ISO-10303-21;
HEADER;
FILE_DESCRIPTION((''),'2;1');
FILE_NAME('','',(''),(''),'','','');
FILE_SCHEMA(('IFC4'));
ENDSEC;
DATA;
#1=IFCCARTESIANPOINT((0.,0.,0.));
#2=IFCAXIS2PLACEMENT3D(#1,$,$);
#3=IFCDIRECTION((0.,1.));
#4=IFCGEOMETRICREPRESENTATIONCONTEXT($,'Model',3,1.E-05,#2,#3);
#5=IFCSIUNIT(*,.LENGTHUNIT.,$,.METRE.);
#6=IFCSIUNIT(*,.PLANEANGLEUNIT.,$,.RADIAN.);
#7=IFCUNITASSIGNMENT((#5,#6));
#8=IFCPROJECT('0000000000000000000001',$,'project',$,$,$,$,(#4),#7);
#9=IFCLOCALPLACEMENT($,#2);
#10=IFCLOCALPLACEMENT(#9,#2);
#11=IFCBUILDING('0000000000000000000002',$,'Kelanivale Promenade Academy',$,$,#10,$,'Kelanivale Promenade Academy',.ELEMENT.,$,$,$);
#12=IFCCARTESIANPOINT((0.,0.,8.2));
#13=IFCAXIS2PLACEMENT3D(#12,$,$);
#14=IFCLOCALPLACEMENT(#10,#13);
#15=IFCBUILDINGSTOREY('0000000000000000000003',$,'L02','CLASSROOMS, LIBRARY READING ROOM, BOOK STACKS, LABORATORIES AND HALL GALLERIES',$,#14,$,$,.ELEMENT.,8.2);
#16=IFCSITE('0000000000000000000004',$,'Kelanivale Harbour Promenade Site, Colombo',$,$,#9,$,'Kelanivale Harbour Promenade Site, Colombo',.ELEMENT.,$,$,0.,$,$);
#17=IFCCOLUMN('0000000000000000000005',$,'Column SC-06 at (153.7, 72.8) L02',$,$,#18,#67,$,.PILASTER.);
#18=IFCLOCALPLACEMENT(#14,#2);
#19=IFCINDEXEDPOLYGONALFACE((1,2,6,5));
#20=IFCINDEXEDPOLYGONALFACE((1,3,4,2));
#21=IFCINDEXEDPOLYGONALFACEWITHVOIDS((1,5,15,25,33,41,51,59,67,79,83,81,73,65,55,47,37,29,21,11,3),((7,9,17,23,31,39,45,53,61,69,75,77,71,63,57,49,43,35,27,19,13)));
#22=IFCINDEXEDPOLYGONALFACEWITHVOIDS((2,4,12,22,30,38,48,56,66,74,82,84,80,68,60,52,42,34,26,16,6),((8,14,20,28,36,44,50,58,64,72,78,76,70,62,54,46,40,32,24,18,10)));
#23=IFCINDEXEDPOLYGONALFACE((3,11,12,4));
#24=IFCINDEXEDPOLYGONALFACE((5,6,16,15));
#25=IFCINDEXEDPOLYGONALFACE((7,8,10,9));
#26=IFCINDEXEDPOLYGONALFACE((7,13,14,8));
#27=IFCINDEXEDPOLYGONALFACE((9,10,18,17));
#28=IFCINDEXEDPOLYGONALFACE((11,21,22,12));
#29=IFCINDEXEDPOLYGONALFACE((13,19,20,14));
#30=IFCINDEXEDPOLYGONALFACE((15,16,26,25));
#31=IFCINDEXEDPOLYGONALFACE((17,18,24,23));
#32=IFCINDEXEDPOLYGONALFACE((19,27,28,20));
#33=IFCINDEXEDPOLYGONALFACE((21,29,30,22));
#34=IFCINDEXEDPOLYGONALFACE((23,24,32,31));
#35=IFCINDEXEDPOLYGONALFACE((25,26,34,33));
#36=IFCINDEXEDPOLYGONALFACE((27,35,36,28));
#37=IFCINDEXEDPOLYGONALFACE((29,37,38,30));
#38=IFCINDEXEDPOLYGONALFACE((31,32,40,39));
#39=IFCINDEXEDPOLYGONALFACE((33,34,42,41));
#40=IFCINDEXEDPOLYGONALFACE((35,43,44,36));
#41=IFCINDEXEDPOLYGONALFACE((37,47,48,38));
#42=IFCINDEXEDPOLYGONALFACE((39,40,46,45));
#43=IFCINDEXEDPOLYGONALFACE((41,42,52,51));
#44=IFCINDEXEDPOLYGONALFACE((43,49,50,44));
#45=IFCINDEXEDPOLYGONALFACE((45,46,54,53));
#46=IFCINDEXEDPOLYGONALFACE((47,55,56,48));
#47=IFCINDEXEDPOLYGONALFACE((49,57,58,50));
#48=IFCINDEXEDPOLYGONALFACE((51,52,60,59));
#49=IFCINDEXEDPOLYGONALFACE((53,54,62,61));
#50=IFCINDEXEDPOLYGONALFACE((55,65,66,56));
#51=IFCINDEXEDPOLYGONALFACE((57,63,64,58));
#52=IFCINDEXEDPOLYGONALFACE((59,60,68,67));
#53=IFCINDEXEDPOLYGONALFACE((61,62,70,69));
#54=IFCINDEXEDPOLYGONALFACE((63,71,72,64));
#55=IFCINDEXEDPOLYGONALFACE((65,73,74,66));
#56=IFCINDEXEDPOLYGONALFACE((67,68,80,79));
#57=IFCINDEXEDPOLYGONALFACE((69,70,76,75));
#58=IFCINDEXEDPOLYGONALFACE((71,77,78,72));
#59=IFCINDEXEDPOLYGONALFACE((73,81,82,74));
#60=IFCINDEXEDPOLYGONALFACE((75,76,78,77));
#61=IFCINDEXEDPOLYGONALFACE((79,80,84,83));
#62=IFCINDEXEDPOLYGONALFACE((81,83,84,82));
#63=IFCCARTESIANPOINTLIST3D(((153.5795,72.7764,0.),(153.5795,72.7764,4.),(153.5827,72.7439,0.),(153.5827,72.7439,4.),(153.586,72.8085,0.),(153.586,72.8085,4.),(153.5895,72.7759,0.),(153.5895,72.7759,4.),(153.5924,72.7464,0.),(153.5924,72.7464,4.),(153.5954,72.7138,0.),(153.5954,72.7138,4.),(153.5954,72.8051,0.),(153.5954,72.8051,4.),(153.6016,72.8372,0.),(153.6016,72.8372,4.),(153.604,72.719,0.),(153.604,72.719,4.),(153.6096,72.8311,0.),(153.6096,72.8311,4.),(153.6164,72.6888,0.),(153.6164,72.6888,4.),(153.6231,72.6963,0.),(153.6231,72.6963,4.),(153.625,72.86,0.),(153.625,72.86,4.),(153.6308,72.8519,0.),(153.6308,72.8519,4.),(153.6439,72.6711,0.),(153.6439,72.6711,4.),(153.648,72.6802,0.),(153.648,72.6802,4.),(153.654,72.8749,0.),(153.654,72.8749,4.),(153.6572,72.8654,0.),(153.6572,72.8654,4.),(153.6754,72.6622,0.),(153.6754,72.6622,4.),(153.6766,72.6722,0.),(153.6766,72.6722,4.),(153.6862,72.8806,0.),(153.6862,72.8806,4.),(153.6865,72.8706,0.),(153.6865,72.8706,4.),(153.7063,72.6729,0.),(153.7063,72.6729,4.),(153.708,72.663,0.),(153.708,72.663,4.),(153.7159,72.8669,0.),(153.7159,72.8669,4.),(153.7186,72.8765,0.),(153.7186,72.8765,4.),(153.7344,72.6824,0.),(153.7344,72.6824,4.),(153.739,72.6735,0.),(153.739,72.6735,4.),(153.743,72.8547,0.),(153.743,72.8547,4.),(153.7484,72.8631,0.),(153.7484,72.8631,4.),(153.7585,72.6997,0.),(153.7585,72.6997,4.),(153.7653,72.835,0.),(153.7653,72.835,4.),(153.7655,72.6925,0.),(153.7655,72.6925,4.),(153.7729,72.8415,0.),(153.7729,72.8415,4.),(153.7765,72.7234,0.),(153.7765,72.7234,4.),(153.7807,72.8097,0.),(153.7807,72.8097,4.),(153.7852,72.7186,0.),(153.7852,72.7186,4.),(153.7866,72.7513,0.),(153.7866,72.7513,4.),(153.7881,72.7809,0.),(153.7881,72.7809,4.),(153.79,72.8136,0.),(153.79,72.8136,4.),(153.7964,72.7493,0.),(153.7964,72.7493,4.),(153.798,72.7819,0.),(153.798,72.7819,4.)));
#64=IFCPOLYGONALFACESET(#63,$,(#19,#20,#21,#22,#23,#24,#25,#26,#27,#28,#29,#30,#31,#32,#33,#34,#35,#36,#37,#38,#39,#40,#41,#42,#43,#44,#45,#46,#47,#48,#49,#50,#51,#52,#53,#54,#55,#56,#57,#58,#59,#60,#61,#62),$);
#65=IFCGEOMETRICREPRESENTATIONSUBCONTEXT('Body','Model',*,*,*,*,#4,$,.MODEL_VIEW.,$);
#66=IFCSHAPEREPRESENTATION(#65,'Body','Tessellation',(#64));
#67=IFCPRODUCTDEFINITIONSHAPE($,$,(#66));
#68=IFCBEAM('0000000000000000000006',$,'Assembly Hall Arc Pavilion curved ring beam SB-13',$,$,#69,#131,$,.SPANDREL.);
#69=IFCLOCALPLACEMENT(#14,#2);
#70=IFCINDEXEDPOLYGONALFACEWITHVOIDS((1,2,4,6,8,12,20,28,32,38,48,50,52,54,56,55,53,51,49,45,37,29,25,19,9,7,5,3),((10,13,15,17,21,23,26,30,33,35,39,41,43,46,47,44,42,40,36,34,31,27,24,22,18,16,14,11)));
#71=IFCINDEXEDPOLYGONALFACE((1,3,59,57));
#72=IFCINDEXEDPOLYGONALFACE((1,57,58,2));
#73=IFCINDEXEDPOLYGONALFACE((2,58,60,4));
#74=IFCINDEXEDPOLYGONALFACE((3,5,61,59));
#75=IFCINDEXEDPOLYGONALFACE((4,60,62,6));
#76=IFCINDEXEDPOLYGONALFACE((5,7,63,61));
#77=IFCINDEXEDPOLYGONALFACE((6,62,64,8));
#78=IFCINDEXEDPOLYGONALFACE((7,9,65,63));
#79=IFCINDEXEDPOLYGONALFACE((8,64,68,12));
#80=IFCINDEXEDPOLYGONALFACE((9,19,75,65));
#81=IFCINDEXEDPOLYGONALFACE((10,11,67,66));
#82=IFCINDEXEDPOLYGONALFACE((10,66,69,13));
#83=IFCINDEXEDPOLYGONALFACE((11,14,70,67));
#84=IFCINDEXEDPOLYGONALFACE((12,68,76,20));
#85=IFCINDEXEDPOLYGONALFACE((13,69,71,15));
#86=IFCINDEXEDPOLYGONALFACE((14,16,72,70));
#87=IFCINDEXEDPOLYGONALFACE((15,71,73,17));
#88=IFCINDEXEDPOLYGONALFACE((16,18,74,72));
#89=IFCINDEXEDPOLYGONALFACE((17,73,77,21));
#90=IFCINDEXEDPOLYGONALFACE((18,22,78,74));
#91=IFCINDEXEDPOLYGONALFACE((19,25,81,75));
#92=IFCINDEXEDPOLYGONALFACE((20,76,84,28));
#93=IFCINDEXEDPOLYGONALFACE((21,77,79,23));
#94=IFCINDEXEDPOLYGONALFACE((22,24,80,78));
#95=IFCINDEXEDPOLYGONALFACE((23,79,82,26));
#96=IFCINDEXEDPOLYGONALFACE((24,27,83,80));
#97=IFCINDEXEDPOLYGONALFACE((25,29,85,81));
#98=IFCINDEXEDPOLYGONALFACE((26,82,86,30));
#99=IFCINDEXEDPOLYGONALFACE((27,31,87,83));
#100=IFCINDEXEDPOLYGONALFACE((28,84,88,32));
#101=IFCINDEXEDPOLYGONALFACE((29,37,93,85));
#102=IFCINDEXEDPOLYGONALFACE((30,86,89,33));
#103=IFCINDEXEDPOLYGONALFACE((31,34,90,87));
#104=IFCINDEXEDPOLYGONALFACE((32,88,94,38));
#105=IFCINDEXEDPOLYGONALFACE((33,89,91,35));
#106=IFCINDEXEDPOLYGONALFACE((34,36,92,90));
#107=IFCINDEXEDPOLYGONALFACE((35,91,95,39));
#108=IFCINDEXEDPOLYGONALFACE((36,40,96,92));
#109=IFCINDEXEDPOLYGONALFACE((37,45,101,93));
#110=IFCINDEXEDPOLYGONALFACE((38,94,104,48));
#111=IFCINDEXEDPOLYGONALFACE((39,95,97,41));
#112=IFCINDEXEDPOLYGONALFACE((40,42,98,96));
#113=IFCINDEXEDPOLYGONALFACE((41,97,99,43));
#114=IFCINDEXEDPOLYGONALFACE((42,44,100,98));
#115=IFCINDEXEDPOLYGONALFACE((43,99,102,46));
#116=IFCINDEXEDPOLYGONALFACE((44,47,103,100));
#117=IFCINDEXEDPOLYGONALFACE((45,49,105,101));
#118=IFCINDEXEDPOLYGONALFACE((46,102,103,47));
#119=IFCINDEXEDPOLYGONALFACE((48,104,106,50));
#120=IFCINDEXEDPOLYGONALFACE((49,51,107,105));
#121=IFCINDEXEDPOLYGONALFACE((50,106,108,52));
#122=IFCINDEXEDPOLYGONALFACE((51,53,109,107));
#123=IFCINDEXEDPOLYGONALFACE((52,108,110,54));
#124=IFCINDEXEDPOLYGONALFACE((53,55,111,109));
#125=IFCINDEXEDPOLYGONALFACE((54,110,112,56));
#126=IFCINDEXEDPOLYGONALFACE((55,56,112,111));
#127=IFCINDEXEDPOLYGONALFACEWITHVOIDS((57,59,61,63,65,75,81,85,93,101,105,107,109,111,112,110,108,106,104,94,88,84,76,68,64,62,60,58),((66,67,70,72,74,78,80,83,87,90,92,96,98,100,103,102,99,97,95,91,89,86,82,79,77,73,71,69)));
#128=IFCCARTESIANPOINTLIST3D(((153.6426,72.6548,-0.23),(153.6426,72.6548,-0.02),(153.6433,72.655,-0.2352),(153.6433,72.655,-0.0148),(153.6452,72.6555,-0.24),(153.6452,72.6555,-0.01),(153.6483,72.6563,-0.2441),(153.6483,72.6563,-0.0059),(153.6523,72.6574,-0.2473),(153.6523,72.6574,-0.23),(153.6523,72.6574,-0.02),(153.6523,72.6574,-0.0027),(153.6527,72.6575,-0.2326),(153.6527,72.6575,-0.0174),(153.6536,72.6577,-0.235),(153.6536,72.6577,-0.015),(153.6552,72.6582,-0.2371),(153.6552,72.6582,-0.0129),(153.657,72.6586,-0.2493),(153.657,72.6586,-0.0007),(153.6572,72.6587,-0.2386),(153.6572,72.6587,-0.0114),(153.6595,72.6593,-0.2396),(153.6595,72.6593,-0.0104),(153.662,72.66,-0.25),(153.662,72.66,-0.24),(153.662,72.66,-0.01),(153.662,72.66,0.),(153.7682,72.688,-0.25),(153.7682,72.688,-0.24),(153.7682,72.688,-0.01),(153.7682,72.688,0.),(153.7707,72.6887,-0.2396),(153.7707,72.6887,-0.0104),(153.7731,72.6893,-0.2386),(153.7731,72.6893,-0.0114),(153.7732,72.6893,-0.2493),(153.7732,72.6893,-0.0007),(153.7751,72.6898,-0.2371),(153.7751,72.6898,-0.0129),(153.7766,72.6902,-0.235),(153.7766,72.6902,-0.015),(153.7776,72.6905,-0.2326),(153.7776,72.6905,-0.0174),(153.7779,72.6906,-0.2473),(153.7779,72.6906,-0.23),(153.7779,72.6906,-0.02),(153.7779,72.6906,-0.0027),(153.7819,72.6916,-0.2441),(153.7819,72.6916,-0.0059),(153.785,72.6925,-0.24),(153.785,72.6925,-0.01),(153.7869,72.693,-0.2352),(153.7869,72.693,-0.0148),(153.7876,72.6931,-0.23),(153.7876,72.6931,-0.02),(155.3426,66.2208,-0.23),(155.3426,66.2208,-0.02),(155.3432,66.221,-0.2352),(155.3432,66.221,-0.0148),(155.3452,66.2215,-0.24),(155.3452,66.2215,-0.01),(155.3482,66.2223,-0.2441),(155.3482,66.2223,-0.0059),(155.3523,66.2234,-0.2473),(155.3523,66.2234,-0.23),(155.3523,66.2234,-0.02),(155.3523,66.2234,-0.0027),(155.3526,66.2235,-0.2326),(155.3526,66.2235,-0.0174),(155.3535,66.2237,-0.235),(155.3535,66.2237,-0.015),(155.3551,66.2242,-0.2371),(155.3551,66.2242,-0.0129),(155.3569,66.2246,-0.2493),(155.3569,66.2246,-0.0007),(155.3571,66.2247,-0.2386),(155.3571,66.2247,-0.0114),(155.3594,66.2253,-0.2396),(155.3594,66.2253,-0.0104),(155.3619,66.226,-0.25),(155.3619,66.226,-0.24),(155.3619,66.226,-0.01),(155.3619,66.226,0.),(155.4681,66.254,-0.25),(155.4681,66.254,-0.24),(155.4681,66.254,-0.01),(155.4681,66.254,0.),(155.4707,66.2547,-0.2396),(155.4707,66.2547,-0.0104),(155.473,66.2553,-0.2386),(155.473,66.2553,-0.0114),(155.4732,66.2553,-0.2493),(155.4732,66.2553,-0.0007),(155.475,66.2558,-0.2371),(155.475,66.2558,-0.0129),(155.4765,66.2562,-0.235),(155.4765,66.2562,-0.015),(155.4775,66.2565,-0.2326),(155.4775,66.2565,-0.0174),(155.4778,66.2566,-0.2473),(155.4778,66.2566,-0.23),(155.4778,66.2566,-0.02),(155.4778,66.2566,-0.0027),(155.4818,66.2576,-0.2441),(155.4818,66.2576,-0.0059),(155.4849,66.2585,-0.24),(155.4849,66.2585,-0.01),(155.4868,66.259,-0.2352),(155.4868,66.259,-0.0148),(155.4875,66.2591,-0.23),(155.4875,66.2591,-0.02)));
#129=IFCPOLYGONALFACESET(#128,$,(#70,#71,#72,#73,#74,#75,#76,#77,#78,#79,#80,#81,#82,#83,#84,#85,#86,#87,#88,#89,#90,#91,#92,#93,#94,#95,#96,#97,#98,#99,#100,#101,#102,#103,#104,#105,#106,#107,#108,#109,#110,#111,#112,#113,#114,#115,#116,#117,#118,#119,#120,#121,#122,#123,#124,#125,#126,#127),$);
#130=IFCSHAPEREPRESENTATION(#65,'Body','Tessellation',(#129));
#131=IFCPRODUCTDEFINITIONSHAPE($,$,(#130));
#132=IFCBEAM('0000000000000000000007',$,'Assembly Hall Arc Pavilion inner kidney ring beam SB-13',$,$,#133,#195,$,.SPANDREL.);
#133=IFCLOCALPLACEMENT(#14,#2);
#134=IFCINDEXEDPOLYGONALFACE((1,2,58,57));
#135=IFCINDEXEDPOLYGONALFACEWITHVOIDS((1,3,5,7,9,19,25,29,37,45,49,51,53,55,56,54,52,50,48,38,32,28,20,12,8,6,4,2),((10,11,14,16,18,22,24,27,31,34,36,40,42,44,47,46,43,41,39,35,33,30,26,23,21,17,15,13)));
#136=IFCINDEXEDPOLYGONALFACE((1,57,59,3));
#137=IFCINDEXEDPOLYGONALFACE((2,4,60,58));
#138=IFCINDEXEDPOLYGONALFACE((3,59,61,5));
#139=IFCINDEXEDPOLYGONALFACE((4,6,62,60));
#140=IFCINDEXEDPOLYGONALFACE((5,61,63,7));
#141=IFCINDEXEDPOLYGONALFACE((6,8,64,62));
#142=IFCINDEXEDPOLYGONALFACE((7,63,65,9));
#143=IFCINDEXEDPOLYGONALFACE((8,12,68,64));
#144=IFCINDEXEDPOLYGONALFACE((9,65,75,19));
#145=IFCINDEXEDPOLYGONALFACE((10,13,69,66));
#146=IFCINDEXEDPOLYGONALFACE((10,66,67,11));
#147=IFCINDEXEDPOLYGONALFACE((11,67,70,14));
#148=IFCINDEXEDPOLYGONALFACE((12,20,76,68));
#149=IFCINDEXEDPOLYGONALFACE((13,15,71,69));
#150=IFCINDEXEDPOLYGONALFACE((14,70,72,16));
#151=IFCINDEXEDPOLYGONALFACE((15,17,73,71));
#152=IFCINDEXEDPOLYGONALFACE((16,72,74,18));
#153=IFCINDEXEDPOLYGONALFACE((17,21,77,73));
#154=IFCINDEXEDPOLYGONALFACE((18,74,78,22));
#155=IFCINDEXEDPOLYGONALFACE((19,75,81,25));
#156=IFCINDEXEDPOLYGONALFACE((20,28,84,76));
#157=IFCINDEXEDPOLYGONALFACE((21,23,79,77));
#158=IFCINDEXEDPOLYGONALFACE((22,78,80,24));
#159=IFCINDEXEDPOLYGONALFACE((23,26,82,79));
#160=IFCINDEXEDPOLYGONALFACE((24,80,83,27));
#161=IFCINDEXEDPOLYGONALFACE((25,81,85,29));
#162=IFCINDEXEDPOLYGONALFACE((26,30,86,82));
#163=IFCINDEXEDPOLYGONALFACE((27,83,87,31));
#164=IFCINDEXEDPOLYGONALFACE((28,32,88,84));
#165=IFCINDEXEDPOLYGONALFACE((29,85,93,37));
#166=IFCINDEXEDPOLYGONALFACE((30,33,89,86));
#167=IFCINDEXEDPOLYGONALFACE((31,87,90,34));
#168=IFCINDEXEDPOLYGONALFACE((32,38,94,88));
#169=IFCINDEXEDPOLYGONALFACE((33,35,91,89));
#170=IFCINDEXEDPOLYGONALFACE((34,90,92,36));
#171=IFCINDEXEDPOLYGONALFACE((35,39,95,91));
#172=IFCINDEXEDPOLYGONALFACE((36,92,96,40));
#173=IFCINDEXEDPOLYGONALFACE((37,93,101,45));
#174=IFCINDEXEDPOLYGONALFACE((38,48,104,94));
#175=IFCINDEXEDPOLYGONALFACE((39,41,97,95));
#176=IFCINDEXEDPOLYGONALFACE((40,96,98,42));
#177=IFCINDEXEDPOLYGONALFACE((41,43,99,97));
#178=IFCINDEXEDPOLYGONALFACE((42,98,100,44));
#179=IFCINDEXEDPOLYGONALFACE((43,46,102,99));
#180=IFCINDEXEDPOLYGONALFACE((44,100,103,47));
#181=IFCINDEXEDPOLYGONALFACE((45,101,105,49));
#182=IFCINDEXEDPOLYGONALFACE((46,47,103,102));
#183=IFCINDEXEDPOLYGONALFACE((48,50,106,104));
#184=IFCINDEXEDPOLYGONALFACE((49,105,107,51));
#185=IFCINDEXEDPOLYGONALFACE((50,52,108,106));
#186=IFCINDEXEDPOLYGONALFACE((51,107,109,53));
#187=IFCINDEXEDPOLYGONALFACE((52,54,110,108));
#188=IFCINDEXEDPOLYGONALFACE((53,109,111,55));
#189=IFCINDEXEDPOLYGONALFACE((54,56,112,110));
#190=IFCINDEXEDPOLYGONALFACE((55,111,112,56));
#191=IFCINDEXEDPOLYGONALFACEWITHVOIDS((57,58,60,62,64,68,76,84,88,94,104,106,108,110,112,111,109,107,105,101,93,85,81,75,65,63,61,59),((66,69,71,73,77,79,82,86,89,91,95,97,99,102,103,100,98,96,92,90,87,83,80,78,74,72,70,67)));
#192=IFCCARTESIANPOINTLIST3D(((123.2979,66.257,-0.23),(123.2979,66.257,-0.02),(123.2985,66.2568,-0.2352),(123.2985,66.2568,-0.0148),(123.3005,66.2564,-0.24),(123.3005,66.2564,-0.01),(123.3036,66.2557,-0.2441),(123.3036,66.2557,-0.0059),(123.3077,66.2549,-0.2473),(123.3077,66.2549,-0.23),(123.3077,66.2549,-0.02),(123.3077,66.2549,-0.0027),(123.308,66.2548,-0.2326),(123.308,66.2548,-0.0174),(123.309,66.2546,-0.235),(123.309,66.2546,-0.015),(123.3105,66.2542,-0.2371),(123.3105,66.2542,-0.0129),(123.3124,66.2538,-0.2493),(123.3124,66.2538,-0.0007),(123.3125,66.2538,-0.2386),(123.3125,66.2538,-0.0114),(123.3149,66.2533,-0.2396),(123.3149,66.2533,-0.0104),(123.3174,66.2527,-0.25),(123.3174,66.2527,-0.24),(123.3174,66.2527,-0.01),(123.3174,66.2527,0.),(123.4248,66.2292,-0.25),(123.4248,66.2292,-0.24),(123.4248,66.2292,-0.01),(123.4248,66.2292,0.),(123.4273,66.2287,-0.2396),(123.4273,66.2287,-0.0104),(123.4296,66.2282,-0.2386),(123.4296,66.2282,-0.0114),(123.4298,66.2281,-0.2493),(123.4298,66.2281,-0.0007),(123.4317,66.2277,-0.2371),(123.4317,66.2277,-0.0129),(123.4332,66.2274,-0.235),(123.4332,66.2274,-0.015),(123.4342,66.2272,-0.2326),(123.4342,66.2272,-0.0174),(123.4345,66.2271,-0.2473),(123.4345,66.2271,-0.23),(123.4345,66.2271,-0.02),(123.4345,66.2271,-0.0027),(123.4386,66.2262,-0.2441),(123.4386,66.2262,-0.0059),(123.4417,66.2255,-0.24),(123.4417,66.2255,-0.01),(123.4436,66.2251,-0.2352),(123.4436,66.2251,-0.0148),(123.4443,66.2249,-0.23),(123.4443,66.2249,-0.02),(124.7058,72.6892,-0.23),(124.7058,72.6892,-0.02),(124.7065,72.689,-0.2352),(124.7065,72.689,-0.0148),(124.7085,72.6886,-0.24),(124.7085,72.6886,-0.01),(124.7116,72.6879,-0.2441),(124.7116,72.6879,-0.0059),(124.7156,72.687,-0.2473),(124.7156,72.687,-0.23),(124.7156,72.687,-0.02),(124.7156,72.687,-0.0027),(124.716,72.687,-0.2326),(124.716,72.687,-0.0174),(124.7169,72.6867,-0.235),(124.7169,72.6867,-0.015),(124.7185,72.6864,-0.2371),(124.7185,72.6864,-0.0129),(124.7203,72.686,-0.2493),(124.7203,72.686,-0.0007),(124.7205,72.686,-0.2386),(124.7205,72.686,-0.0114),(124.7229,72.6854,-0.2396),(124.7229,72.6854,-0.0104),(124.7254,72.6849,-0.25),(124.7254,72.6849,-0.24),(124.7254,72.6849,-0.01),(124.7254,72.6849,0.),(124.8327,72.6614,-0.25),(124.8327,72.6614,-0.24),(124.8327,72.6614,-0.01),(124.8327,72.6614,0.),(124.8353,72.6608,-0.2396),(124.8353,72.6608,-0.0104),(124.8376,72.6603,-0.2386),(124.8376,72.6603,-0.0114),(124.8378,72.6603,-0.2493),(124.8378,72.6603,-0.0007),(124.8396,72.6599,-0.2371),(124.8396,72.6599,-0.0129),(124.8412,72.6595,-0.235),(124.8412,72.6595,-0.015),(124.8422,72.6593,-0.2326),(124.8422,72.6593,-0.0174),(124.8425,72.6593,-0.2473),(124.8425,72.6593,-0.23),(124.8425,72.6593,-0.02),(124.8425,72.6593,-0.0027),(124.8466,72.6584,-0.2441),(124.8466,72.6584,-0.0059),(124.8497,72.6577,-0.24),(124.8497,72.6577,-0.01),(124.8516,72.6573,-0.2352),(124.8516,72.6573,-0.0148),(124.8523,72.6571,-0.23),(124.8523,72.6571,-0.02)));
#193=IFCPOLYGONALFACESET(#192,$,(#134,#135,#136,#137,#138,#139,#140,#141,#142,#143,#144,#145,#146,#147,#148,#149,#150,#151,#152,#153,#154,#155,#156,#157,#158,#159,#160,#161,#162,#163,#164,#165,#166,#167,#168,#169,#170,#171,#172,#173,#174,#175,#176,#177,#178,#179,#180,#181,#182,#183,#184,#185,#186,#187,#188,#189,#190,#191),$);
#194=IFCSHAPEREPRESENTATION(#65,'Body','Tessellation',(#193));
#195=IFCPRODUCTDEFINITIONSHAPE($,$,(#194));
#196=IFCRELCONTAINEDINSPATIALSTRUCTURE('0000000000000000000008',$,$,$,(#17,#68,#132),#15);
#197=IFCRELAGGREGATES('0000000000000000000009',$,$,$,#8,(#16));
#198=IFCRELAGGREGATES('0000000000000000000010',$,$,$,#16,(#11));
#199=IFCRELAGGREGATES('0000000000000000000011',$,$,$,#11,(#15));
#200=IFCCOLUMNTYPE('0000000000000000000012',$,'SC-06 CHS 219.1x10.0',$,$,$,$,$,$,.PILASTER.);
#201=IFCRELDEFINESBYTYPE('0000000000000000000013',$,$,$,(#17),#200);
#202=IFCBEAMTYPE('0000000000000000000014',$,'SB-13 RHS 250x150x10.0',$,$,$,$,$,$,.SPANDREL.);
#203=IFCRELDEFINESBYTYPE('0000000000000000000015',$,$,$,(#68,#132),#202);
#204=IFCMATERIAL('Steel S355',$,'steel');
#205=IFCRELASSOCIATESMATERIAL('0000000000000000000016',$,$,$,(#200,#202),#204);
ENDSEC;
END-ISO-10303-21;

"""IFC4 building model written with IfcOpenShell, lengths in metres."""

from ifc_helpers import new_model, si_unit, direction, frame, origin, origin_2d, place, context, subcontext, project, spatial, hollow_rectangle, hollow_circle, extrude, material, material_profile, profile_set, type_object, element, save


model = new_model("IFC4")

# Units and contexts
model_context = context("Model", 3, precision=1e-05, world=origin(), true_north=direction((0.0, 1.0)))
body_context = subcontext(model_context, "Body", "Model", "MODEL_VIEW")
ifc_project = project(units=[si_unit("LENGTHUNIT", "METRE"), si_unit("PLANEANGLEUNIT", "RADIAN")], contexts=[model_context])

# Site, building, storey
site_placement = place(None, origin())
site = spatial("IfcSite", under=ifc_project, at=site_placement, Name="Kelanivale Harbour Promenade Site, Colombo", LongName="Kelanivale Harbour Promenade Site, Colombo", CompositionType="ELEMENT", RefElevation=0.0)
building_placement = place(site_placement, origin())
building = spatial("IfcBuilding", under=site, at=building_placement, Name="Kelanivale Promenade Academy", LongName="Kelanivale Promenade Academy", CompositionType="ELEMENT")
storey_placement = place(building_placement, frame((0.0, 0.0, 8.2)))
storey = spatial("IfcBuildingStorey", under=building, at=storey_placement, Name="L02", Description="CLASSROOMS, LIBRARY READING ROOM, BOOK STACKS, LABORATORIES AND HALL GALLERIES", CompositionType="ELEMENT", Elevation=8.2)

# Column
ifc_material_1 = material(Name="Steel S355", Category="steel")
ifc_material_profile_1 = material_profile(ifc_material_1, hollow_circle(Radius=0.1096, WallThickness=0.01, at=origin_2d()), Name="CHS 219.1x10.0")
ifc_profile_set_1 = profile_set([ifc_material_profile_1], Name="Steel S355")
column_type_1 = type_object("IfcColumnType", Name="SC-06 CHS 219.1x10.0", PredefinedType="PILASTER", material=ifc_profile_set_1)
column_1_placement = place(storey_placement, frame((153.689, 72.771, 0.0), z_axis=(0.0, 0.0, 1.0), x_axis=(-0.318628, 0.94788, 0.0)))
element("IfcColumn", 1, at=column_1_placement, inside=storey, type_object=column_type_1, Name="Column SC-06 at (153.7, 72.8) L02", PredefinedType="PILASTER", context=body_context, shape_type="SweptSolid", body=[
    extrude(hollow_circle(Radius=0.1096, WallThickness=0.01, at=origin_2d()), origin(), (0.0, 0.0, 1.0), 4.0),
])

# Beams
ifc_material_profile_2 = material_profile(ifc_material_1, hollow_rectangle(XDim=0.1499, YDim=0.25, WallThickness=0.01, InnerFilletRadius=0.01, OuterFilletRadius=0.02, at=origin_2d()), Name="RHS 250x150x10.0")
ifc_profile_set_2 = profile_set([ifc_material_profile_2], Name="Steel S355")
beam_type = type_object("IfcBeamType", Name="SB-13 RHS 250x150x10.0", PredefinedType="SPANDREL", material=ifc_profile_set_2)
beam_1_placement = place(storey_placement, frame((155.415, 66.24, -0.125), z_axis=(-0.255445, 0.966824, 0.0), x_axis=(-0.966824, -0.255445, 0.0)))
element("IfcBeam", 2, at=beam_1_placement, inside=storey, type_object=beam_type, Name="Assembly Hall Arc Pavilion curved ring beam SB-13", PredefinedType="SPANDREL", context=body_context, shape_type="SweptSolid", body=[
    extrude(hollow_rectangle(XDim=0.1499, YDim=0.25, WallThickness=0.01, InnerFilletRadius=0.01, OuterFilletRadius=0.02, at=origin_2d()), origin(), (0.0, 0.0, 1.0), 6.6548),
])
beam_2_placement = place(storey_placement, frame((123.3711, 66.241, -0.125), z_axis=(0.213832, 0.97687, 0.0), x_axis=(-0.97687, 0.213832, 0.0)))
element("IfcBeam", 3, at=beam_2_placement, inside=storey, type_object=beam_type, Name="Assembly Hall Arc Pavilion inner kidney ring beam SB-13", PredefinedType="SPANDREL", context=body_context, shape_type="SweptSolid", body=[
    extrude(hollow_rectangle(XDim=0.1499, YDim=0.25, WallThickness=0.01, InnerFilletRadius=0.01, OuterFilletRadius=0.02, at=origin_2d()), origin(), (0.0, 0.0, 1.0), 6.5845),
])

save(model, "model.ifc")
